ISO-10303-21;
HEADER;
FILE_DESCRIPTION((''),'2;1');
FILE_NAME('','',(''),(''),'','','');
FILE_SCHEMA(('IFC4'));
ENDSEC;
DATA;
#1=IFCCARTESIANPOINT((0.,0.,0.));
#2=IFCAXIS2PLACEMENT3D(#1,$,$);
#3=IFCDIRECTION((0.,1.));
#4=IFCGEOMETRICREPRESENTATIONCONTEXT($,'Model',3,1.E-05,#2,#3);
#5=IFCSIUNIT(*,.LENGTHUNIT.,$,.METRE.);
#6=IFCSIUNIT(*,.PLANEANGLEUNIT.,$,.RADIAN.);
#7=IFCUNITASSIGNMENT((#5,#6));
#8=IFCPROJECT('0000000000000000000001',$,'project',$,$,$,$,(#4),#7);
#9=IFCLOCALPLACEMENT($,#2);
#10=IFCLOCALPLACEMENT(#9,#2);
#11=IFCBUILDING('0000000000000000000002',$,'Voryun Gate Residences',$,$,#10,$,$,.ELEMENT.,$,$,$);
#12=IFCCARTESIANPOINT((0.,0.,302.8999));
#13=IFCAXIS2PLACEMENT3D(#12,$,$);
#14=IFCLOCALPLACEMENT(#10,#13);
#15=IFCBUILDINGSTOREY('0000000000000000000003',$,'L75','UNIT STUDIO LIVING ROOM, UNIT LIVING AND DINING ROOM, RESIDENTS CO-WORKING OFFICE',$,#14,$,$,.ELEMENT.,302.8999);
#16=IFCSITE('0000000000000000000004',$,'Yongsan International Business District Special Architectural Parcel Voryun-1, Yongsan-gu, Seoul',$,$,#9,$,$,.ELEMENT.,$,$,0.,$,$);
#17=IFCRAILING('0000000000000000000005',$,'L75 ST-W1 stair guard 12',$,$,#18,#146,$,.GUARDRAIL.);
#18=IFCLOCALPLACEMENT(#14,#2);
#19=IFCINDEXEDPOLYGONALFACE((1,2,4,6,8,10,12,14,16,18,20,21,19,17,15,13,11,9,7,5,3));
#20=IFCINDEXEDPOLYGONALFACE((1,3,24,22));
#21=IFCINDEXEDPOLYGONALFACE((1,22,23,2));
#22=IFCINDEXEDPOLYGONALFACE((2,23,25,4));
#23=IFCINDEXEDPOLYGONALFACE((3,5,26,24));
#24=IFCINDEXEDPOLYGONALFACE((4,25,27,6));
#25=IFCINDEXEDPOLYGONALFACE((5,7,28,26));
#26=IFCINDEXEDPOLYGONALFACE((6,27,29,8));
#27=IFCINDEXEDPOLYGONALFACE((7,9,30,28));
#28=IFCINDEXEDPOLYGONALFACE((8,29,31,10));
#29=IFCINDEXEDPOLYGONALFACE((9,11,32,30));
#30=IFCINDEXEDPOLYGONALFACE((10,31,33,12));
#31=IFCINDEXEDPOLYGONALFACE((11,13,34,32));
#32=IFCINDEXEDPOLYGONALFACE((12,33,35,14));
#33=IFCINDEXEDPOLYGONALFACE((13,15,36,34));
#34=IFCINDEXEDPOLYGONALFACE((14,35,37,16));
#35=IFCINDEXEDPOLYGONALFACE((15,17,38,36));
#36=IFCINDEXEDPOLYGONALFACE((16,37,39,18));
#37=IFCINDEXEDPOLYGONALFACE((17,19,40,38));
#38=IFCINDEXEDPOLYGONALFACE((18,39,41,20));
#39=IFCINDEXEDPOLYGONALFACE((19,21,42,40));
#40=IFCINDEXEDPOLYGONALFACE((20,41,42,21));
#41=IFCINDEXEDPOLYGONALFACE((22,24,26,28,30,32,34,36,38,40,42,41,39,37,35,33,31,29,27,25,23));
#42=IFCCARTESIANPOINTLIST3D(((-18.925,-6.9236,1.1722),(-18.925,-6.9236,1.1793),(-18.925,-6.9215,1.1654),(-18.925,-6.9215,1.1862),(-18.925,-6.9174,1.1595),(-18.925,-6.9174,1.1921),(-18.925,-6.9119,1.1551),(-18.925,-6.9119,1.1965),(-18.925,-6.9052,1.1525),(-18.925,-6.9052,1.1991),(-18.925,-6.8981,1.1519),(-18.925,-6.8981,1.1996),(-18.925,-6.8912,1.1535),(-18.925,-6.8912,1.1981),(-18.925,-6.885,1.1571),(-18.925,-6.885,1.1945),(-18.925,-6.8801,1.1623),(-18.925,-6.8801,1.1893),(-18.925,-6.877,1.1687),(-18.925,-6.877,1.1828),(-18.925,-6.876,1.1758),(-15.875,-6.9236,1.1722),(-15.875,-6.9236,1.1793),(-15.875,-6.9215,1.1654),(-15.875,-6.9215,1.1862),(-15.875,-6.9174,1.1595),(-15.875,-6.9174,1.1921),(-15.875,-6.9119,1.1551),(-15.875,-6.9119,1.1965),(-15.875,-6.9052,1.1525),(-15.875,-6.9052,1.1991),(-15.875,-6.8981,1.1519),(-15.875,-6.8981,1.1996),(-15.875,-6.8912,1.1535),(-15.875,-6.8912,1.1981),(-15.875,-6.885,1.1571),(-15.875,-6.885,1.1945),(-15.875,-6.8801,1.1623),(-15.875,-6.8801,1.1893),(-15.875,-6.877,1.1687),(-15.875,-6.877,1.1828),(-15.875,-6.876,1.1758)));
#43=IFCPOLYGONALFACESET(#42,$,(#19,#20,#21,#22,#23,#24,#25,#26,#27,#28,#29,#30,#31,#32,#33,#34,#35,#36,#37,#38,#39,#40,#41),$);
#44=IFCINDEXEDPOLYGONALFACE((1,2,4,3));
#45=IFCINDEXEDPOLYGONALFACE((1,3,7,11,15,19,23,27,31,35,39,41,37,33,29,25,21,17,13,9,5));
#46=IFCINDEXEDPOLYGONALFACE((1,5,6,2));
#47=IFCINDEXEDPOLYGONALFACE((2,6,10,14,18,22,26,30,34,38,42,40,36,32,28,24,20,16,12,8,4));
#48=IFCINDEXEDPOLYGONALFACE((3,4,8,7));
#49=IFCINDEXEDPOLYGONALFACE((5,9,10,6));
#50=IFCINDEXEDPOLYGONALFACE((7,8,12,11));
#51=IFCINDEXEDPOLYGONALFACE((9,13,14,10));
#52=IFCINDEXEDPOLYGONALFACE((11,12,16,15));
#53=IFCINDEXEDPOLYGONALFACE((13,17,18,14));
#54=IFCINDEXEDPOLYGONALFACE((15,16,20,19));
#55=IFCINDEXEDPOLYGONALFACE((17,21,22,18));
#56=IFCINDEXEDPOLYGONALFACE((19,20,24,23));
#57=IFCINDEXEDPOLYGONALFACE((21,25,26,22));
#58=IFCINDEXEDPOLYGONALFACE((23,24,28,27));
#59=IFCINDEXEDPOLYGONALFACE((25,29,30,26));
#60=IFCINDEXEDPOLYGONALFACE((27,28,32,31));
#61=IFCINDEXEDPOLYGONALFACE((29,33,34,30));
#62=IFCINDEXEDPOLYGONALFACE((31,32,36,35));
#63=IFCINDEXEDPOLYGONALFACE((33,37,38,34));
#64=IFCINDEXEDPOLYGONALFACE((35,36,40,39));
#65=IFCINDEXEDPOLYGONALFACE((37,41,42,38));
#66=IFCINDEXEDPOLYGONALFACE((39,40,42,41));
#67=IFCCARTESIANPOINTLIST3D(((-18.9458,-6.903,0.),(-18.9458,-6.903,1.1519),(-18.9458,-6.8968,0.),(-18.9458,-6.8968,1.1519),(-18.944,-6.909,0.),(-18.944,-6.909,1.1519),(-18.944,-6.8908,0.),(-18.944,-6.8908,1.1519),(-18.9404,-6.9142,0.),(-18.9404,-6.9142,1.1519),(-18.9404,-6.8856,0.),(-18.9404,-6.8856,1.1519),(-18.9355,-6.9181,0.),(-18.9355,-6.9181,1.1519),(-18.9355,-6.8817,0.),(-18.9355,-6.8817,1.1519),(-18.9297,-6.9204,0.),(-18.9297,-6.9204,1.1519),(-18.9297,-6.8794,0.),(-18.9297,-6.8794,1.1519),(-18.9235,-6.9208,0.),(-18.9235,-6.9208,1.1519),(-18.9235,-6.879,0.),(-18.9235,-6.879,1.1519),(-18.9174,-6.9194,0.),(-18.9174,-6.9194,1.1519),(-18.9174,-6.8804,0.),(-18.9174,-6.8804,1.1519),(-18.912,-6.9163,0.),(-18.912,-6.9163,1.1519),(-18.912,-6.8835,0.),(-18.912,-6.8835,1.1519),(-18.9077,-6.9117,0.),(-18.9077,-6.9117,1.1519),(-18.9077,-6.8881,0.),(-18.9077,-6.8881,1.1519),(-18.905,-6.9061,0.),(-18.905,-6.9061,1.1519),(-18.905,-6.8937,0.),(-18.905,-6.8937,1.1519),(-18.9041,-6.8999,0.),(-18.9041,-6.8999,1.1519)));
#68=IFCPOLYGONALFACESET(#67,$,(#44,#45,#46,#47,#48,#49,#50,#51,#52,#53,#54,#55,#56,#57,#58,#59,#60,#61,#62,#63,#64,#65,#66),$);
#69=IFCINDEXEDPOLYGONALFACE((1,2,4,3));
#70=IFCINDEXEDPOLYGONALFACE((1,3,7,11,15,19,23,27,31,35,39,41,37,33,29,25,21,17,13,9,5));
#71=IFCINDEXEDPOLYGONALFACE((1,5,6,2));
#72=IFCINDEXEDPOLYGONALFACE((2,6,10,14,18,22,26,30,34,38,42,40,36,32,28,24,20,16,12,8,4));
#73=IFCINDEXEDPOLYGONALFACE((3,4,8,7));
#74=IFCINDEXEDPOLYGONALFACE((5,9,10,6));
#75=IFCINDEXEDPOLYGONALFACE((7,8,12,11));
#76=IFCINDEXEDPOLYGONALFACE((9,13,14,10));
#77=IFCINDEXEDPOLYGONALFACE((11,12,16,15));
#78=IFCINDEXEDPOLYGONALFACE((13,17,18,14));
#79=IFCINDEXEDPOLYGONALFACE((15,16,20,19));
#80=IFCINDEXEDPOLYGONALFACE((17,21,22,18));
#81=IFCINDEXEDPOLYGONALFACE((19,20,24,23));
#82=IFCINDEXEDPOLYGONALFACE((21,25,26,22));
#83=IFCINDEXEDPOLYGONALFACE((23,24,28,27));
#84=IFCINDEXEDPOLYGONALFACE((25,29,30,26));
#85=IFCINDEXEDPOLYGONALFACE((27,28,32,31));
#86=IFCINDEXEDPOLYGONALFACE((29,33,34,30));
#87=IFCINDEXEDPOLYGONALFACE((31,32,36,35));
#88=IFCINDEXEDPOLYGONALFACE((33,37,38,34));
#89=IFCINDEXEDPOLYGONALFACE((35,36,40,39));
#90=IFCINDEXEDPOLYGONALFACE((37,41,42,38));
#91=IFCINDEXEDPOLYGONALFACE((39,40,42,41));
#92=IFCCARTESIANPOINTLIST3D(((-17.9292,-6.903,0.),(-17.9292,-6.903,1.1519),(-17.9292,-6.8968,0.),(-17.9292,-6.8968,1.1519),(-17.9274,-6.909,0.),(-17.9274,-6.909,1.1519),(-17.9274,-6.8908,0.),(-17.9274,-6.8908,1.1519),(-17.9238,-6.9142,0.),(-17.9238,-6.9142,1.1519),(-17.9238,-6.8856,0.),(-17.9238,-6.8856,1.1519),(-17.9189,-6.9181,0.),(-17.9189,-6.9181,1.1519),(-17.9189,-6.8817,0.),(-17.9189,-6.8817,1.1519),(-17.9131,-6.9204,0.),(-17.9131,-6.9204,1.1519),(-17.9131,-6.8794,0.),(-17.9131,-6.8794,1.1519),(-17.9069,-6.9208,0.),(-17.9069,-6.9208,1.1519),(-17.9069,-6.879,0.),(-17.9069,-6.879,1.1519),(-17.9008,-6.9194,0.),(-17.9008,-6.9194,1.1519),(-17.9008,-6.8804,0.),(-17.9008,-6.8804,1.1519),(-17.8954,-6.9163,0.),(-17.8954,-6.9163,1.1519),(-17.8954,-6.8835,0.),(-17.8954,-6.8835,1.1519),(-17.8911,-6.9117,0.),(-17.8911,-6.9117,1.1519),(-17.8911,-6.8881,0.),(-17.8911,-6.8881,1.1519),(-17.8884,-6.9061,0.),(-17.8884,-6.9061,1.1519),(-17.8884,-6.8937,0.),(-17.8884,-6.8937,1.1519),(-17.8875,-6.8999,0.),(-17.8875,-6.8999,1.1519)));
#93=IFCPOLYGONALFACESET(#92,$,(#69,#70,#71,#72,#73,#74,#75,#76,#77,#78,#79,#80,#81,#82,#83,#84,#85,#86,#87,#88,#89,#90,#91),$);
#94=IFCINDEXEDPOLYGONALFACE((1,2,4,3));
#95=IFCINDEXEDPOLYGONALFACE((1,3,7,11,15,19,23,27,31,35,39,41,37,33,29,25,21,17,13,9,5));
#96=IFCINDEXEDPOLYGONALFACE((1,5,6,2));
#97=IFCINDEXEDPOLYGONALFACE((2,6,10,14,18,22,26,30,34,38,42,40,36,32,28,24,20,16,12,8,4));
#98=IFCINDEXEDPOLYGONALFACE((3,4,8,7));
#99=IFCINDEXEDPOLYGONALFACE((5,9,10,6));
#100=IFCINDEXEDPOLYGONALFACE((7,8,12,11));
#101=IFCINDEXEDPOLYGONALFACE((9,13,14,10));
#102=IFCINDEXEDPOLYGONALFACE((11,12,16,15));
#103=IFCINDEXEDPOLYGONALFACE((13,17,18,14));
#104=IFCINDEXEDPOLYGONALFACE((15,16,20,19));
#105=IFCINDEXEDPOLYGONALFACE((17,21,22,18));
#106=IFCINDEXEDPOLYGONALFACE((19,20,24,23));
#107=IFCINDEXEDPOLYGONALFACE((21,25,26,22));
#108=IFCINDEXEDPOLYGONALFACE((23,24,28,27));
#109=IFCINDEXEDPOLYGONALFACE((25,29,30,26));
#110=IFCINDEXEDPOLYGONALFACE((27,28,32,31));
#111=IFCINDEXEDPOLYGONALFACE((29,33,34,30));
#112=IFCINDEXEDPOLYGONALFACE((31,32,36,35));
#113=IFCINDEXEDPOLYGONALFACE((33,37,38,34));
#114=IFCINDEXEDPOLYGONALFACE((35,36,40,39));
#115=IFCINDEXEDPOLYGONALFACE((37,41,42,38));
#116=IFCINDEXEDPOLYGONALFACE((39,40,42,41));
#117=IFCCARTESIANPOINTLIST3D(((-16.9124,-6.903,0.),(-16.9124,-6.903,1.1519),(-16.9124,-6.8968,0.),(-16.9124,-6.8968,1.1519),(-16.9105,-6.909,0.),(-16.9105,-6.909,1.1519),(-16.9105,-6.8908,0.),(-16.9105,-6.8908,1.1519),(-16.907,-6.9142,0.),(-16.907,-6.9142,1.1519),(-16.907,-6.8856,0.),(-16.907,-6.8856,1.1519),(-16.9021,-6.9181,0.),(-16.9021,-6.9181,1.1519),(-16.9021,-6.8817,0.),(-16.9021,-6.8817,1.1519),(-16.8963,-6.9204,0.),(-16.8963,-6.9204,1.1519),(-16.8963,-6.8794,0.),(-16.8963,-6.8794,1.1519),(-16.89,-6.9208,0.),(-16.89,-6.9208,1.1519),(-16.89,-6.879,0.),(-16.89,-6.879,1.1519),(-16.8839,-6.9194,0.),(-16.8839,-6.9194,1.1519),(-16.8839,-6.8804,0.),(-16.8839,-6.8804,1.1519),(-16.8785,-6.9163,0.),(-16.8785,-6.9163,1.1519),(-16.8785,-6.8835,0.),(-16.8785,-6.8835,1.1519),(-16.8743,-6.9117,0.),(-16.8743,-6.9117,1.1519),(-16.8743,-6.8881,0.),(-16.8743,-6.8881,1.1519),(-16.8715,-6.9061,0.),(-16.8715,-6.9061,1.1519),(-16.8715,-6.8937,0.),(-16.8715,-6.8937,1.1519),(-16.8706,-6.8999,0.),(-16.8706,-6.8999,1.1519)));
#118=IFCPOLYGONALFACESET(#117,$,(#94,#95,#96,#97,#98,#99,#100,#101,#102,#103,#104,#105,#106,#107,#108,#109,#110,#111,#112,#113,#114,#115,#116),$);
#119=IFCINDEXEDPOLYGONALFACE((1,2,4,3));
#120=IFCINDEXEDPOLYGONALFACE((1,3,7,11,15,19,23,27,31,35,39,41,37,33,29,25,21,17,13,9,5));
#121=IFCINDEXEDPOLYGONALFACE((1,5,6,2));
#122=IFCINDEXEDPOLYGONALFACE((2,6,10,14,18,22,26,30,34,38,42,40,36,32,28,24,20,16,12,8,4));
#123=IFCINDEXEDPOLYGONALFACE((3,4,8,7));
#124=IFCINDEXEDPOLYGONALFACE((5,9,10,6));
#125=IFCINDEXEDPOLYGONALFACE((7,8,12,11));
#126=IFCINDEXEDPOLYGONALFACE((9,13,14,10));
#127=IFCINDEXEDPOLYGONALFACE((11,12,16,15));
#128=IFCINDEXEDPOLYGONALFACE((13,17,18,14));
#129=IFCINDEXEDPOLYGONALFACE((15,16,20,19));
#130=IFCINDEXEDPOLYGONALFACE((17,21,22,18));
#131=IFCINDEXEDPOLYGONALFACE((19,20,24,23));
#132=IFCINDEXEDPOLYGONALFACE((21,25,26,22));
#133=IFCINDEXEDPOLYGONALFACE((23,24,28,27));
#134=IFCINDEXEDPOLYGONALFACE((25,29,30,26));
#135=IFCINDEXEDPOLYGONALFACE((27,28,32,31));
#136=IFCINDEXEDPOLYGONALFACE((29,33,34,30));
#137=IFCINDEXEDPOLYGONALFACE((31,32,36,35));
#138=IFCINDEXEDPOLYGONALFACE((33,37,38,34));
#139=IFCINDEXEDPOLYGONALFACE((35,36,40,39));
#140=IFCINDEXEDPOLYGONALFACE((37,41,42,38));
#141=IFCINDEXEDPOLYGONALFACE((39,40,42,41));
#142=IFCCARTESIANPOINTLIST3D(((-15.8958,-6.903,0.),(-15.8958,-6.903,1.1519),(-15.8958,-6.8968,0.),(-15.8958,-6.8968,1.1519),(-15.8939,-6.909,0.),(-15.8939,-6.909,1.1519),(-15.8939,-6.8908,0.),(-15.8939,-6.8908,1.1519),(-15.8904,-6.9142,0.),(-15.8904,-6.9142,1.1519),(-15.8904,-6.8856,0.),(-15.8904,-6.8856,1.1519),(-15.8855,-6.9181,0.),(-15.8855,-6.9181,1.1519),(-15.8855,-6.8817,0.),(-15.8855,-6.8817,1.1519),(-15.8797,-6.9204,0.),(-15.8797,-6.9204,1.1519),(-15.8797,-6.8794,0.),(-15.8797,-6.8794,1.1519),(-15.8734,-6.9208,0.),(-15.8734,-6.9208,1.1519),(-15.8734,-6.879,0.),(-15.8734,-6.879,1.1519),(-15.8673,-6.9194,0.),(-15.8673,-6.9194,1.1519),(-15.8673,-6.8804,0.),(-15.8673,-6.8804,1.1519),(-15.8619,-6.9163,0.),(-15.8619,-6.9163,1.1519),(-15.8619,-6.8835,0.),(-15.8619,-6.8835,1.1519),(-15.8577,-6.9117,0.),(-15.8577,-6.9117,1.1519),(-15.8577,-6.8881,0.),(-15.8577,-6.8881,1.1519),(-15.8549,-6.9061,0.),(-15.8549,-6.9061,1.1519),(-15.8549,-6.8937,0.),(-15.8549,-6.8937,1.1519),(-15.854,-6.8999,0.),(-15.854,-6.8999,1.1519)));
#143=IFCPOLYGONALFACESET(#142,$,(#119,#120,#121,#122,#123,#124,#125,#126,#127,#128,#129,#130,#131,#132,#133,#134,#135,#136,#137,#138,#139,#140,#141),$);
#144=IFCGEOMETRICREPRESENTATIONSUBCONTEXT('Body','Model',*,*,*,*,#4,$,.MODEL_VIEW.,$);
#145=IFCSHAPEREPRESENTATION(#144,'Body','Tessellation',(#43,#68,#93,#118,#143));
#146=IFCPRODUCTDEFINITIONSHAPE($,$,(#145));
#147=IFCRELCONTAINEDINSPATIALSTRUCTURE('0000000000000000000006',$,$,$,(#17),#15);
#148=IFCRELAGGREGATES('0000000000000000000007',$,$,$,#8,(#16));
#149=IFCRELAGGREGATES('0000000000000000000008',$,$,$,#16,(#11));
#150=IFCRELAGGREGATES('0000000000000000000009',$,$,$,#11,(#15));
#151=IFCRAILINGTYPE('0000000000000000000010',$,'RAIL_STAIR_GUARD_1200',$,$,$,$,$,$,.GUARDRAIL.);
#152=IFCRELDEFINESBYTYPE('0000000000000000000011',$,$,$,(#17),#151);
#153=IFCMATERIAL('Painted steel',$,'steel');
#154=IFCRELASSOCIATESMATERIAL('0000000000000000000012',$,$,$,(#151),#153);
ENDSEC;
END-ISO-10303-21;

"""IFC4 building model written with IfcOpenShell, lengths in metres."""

from ifc_helpers import new_model, si_unit, direction, frame, origin, origin_2d, place, context, subcontext, project, spatial, circle, extrude, material, type_object, element, save


model = new_model("IFC4")

# Units and contexts
model_context = context("Model", 3, precision=1e-05, world=origin(), true_north=direction((0.0, 1.0)))
body_context = subcontext(model_context, "Body", "Model", "MODEL_VIEW")
ifc_project = project(units=[si_unit("LENGTHUNIT", "METRE"), si_unit("PLANEANGLEUNIT", "RADIAN")], contexts=[model_context])

# Site, building, storey
site_placement = place(None, origin())
site = spatial("IfcSite", under=ifc_project, at=site_placement, Name="Yongsan International Business District Special Architectural Parcel Voryun-1, Yongsan-gu, Seoul", CompositionType="ELEMENT", RefElevation=0.0)
building_placement = place(site_placement, origin())
building = spatial("IfcBuilding", under=site, at=building_placement, Name="Voryun Gate Residences", CompositionType="ELEMENT")
storey_placement = place(building_placement, frame((0.0, 0.0, 302.8999)))
storey = spatial("IfcBuildingStorey", under=building, at=storey_placement, Name="L75", Description="UNIT STUDIO LIVING ROOM, UNIT LIVING AND DINING ROOM, RESIDENTS CO-WORKING OFFICE", CompositionType="ELEMENT", Elevation=302.8999)

# Railing
ifc_material_1 = material(Name="Painted steel", Category="steel")
railing_type_1 = type_object("IfcRailingType", Name="RAIL_STAIR_GUARD_1200", PredefinedType="GUARDRAIL", material=ifc_material_1)
railing_1_placement = place(storey_placement, frame((-18.925, -6.8999, 0.0)))
element("IfcRailing", 1, at=railing_1_placement, inside=storey, type_object=railing_type_1, Name="L75 ST-W1 stair guard 12", PredefinedType="GUARDRAIL", context=body_context, shape_type="SweptSolid", body=[
    extrude(circle(Radius=0.0239, at=origin_2d()), frame((0.0, 0.0, 1.1758), z_axis=(1.0, 0.0, 0.0), x_axis=(0.0, 1.0, 0.0)), (0.0, 0.0, 1.0), 3.05),
    extrude(circle(Radius=0.021, at=origin_2d()), origin(), (0.0, 0.0, 1.0), 1.1519),
    extrude(circle(Radius=0.021, at=origin_2d()), frame((1.0166, 0.0, 0.0)), (0.0, 0.0, 1.0), 1.1519),
    extrude(circle(Radius=0.021, at=origin_2d()), frame((2.0334, 0.0, 0.0)), (0.0, 0.0, 1.0), 1.1519),
    extrude(circle(Radius=0.021, at=origin_2d()), frame((3.05, 0.0, 0.0)), (0.0, 0.0, 1.0), 1.1519),
])

save(model, "model.ifc")
